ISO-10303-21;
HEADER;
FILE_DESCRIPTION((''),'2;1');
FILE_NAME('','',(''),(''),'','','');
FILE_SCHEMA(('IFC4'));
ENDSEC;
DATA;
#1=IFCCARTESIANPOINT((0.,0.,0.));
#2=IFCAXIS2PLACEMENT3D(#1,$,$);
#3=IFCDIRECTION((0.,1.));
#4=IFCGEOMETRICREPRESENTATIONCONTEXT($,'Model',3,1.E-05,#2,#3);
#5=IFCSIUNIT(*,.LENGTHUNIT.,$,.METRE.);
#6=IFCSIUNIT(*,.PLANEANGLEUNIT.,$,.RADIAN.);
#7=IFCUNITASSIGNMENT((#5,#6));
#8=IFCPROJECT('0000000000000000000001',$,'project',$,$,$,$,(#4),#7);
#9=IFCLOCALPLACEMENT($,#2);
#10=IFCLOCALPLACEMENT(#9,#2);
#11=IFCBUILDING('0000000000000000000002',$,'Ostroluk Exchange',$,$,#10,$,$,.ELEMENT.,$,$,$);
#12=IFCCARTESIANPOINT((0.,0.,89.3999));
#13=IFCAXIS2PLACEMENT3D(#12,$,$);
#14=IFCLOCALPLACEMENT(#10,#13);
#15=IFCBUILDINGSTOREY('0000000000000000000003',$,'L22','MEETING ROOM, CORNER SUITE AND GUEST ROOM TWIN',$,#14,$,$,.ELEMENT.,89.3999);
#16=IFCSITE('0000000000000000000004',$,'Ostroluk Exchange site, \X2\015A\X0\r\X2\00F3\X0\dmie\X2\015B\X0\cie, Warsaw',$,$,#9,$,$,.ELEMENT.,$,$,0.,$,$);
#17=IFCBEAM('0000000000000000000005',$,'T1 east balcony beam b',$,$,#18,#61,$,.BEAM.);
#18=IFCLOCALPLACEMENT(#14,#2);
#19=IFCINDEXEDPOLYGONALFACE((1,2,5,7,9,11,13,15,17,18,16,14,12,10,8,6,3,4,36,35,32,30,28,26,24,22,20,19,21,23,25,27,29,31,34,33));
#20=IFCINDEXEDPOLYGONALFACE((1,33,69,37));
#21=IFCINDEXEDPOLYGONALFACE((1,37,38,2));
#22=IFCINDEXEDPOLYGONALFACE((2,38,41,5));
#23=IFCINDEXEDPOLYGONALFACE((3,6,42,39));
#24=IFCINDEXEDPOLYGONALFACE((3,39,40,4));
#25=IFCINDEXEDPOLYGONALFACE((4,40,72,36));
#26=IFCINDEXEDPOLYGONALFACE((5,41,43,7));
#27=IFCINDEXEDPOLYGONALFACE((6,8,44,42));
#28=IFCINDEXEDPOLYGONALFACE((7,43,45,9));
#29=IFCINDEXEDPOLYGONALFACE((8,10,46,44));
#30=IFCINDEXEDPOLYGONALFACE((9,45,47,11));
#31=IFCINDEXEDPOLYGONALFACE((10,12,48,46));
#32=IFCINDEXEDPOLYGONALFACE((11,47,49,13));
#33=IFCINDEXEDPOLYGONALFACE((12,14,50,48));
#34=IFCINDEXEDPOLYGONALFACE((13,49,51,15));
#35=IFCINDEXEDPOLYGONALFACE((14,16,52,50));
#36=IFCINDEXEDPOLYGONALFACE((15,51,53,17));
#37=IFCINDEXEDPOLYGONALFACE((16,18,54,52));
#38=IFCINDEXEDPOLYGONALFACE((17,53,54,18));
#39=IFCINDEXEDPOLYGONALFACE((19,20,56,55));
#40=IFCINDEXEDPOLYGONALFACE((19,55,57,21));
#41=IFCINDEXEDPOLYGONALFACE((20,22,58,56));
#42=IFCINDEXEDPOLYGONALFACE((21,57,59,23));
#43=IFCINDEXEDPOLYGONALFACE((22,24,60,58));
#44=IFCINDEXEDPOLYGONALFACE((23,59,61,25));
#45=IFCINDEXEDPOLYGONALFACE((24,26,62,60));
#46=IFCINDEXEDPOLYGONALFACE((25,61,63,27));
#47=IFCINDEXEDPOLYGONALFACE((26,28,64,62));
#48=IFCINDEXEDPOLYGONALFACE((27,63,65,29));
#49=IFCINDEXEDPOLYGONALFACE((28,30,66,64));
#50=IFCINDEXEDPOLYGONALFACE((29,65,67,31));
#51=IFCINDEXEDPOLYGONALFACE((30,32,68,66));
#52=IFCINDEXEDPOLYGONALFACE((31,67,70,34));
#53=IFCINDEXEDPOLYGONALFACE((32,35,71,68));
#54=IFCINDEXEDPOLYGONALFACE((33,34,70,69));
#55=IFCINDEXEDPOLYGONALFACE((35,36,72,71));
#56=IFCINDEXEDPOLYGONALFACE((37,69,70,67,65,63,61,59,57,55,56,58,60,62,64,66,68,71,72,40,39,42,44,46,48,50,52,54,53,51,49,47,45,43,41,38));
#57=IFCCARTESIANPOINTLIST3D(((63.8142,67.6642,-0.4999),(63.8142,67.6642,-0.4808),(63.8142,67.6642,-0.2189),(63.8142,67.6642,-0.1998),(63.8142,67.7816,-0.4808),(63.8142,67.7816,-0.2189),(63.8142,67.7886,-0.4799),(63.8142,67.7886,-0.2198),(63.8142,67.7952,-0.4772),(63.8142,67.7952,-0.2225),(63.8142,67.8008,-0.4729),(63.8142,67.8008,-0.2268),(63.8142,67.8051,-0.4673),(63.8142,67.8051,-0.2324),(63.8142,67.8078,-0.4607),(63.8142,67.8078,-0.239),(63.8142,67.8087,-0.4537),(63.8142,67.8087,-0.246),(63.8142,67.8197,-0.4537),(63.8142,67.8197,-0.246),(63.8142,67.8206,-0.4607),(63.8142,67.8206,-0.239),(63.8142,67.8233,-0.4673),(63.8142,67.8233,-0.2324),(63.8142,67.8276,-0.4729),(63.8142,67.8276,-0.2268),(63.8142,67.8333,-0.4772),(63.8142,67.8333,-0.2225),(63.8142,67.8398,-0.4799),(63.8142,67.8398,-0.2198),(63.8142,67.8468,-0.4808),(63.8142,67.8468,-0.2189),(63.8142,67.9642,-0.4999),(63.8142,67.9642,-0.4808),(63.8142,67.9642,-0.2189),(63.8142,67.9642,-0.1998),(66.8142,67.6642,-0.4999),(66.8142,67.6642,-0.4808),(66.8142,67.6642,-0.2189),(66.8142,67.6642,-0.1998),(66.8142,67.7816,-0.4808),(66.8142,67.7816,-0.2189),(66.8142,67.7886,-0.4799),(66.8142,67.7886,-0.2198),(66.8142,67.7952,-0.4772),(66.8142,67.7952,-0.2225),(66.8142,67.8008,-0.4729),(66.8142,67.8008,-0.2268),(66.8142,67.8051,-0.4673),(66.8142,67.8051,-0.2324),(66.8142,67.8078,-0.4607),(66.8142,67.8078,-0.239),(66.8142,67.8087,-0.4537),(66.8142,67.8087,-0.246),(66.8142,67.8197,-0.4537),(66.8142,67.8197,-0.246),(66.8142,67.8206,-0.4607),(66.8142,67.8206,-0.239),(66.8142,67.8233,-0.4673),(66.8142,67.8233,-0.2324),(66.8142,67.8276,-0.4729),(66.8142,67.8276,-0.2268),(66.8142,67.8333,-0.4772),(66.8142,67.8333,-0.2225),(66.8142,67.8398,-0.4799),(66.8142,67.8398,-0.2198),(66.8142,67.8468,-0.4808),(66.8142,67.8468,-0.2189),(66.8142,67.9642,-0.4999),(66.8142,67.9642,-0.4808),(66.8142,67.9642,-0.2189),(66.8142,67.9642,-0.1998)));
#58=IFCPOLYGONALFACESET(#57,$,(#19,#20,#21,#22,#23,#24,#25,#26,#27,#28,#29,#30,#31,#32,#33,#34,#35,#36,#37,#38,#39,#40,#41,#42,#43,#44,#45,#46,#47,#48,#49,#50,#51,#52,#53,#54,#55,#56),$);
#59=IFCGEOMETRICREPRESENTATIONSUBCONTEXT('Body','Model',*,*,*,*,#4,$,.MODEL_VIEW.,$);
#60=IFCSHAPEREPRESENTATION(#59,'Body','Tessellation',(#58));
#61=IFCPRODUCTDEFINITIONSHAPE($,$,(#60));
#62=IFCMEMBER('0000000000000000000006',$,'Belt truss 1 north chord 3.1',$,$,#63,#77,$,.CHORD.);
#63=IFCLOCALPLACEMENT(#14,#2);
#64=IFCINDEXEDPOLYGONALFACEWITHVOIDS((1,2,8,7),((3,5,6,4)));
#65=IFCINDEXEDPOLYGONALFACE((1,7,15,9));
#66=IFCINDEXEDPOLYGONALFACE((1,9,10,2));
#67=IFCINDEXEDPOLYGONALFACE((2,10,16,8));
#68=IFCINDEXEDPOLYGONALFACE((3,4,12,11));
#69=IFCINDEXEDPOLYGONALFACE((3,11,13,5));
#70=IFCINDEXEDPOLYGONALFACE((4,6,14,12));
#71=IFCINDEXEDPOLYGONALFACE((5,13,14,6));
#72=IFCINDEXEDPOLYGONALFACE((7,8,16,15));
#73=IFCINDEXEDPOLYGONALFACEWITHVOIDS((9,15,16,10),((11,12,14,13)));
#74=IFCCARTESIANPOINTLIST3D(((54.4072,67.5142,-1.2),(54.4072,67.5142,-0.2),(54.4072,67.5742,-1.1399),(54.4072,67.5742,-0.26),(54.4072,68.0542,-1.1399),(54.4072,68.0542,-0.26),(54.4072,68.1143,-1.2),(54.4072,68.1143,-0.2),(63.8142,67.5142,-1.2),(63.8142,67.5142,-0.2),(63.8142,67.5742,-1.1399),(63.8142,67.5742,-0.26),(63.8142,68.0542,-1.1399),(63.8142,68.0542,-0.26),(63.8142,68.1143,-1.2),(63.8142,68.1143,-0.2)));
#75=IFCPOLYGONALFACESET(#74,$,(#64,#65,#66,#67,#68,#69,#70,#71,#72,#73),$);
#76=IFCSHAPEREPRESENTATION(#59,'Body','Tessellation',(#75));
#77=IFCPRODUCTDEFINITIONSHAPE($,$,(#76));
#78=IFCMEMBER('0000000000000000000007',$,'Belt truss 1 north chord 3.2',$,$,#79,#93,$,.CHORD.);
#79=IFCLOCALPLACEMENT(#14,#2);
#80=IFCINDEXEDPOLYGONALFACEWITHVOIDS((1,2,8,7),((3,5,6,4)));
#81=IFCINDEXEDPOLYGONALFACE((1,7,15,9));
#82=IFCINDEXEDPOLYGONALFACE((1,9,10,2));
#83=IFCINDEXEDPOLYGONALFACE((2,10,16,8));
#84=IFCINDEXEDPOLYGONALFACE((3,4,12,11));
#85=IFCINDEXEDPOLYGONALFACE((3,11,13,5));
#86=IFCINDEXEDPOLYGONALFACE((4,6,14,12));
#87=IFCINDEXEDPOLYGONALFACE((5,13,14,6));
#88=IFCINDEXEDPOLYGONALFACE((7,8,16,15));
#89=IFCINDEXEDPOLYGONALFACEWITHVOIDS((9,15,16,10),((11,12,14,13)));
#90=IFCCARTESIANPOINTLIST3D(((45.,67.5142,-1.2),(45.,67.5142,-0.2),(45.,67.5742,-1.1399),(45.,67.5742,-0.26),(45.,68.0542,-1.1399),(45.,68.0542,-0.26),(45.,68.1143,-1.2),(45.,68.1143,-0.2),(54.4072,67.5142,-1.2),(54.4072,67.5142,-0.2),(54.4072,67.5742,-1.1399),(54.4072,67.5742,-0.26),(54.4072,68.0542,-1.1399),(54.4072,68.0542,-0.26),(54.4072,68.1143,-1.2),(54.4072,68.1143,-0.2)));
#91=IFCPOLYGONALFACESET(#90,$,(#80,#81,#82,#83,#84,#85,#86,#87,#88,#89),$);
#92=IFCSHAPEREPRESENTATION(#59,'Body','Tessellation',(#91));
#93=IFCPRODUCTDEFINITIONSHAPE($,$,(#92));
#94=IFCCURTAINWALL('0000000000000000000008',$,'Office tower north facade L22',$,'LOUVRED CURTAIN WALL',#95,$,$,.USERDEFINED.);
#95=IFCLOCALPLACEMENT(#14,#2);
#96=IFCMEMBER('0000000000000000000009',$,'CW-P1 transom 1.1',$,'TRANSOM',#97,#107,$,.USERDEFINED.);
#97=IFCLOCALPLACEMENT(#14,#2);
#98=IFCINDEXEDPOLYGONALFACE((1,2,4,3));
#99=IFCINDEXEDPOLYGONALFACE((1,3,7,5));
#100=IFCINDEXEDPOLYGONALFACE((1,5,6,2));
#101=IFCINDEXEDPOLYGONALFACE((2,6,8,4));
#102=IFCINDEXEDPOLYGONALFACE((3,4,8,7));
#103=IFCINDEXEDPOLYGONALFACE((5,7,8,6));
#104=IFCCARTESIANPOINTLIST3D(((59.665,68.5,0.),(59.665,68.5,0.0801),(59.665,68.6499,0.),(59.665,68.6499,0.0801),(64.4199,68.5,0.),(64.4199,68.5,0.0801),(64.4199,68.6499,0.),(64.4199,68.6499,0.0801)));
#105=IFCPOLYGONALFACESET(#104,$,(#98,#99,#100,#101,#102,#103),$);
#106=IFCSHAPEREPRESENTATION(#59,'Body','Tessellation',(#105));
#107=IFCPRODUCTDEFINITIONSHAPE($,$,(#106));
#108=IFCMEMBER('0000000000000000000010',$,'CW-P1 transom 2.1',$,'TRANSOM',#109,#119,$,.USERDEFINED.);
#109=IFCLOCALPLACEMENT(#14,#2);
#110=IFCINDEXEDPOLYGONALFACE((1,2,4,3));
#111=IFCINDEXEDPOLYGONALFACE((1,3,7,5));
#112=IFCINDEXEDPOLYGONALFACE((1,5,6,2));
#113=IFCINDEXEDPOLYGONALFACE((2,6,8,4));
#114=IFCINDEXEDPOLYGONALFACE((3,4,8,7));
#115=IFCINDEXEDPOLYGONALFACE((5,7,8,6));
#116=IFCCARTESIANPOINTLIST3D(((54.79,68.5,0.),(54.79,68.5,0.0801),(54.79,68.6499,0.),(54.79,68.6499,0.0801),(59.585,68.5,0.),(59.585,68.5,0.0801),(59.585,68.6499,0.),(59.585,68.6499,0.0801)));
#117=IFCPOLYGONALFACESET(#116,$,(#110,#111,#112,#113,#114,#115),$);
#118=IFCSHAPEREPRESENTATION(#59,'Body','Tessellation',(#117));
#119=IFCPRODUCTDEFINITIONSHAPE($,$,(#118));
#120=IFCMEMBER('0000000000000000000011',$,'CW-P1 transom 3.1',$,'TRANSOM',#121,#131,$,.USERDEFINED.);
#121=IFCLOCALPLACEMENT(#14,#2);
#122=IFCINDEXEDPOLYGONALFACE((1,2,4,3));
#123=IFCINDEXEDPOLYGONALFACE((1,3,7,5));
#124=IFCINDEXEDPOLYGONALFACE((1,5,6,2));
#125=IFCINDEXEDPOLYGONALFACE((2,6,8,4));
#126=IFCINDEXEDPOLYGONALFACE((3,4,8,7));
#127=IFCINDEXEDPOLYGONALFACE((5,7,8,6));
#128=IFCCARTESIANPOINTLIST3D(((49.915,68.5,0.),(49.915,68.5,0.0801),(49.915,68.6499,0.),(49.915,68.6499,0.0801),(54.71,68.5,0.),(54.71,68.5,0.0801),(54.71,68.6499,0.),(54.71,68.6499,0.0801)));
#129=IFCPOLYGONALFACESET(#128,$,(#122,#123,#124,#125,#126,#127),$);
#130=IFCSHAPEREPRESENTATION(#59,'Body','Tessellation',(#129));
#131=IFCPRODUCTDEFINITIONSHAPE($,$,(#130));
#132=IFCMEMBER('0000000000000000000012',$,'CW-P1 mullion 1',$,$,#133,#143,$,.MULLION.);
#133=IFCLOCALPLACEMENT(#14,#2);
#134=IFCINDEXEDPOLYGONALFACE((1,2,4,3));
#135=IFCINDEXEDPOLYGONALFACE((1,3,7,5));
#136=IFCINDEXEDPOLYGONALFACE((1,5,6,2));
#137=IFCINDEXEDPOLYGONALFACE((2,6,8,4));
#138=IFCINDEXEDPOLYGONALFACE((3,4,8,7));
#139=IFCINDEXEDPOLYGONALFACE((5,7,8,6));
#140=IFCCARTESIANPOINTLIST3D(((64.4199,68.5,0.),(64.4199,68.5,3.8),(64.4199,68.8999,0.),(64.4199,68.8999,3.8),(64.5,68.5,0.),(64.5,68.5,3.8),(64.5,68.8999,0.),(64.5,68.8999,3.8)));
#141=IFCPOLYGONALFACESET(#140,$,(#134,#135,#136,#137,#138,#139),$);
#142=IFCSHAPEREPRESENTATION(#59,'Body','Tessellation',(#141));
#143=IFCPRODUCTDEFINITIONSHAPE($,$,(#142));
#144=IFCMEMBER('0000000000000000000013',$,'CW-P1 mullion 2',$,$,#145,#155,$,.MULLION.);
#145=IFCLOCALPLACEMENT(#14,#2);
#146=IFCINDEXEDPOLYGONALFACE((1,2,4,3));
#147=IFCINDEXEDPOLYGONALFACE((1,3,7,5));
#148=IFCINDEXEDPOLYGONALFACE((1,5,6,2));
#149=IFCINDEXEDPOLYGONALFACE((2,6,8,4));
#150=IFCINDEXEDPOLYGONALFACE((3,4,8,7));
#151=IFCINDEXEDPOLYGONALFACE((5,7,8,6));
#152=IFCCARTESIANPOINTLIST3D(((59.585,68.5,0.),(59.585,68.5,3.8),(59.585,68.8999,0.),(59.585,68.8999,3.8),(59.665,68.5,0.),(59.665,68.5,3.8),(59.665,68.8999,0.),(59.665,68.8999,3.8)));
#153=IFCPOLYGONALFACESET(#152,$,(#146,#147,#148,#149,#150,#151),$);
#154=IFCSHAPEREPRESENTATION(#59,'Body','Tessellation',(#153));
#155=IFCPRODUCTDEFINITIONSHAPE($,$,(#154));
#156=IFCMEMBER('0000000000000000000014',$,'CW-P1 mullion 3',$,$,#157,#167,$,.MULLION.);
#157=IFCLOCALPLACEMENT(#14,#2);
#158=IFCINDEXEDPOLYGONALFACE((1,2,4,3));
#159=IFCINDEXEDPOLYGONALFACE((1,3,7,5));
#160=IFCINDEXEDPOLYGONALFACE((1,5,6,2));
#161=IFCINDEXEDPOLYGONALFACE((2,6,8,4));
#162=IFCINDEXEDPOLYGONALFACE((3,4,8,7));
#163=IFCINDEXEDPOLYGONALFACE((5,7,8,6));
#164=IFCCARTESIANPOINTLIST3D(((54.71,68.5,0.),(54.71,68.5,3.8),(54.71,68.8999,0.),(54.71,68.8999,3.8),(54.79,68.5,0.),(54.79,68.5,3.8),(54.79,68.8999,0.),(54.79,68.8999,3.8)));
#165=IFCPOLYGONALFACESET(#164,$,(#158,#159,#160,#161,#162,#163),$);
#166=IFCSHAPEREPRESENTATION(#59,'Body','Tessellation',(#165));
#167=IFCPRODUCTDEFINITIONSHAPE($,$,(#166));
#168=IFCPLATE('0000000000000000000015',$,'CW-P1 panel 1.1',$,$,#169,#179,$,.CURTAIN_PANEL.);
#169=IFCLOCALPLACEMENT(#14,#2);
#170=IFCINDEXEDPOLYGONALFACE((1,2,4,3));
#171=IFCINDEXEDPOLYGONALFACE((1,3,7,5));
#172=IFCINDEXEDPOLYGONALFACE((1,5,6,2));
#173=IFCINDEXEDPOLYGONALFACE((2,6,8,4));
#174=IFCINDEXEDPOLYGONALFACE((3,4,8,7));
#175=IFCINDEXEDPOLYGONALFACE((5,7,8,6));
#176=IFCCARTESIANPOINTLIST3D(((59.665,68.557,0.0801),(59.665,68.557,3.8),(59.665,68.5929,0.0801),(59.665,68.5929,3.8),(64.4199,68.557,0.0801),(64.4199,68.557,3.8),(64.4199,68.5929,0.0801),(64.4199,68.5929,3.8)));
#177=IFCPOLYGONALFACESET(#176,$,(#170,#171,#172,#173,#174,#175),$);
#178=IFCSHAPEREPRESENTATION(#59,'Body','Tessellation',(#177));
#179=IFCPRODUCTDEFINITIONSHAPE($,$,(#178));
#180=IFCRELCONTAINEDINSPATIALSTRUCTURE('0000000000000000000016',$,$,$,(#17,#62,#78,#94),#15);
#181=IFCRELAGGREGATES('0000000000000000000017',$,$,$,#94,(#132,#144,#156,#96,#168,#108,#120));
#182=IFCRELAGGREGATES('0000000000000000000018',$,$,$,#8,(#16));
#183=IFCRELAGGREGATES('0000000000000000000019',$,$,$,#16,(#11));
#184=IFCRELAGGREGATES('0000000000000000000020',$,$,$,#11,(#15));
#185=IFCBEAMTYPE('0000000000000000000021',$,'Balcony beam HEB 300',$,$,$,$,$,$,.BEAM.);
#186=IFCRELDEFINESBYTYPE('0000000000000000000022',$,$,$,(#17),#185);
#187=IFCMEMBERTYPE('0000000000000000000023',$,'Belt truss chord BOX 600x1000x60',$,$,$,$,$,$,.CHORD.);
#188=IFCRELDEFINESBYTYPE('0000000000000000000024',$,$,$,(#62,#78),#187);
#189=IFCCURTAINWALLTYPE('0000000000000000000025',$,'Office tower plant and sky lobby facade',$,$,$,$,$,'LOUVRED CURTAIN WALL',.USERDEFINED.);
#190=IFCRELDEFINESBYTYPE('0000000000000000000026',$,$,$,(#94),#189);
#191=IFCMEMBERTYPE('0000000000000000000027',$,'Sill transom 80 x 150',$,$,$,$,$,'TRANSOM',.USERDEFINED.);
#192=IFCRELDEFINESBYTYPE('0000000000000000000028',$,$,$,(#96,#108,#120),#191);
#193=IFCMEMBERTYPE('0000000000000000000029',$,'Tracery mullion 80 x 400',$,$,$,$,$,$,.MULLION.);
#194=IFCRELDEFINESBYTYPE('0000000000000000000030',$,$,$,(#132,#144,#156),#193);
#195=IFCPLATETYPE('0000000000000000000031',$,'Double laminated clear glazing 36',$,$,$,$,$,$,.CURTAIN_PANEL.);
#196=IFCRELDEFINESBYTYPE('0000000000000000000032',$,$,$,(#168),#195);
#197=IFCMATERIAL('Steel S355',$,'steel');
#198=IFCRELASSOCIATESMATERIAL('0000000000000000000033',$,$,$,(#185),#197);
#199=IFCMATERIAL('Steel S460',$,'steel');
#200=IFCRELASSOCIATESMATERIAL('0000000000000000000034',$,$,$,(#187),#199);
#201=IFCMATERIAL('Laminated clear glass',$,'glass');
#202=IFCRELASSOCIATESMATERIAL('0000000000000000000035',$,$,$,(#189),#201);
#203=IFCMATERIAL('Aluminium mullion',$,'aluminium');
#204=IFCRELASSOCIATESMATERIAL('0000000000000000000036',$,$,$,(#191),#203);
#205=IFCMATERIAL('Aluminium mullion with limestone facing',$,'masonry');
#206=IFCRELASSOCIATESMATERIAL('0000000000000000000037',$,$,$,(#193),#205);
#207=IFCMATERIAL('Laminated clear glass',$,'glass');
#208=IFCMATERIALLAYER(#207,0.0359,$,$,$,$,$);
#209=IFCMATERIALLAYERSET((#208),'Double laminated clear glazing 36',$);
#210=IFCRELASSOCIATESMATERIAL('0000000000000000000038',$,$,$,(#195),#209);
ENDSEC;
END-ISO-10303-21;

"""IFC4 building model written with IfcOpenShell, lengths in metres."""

from ifc_helpers import new_model, si_unit, direction, frame, origin, origin_2d, place, context, subcontext, project, spatial, rectangle, hollow_rectangle, i_section, extrude, material, layer, layer_set, material_profile, profile_set, type_object, element, aggregate, save


model = new_model("IFC4")

# Units and contexts
model_context = context("Model", 3, precision=1e-05, world=origin(), true_north=direction((0.0, 1.0)))
body_context = subcontext(model_context, "Body", "Model", "MODEL_VIEW")
ifc_project = project(units=[si_unit("LENGTHUNIT", "METRE"), si_unit("PLANEANGLEUNIT", "RADIAN")], contexts=[model_context])

# Site, building, storey
site_placement = place(None, origin())
site = spatial("IfcSite", under=ifc_project, at=site_placement, Name="Ostroluk Exchange site, Śródmieście, Warsaw", CompositionType="ELEMENT", RefElevation=0.0)
building_placement = place(site_placement, origin())
building = spatial("IfcBuilding", under=site, at=building_placement, Name="Ostroluk Exchange", CompositionType="ELEMENT")
storey_placement = place(building_placement, frame((0.0, 0.0, 89.3999)))
storey = spatial("IfcBuildingStorey", under=building, at=storey_placement, Name="L22", Description="MEETING ROOM, CORNER SUITE AND GUEST ROOM TWIN", CompositionType="ELEMENT", Elevation=89.3999)

# Beam
ifc_material_1 = material(Name="Steel S355", Category="steel")
ifc_material_profile_1 = material_profile(ifc_material_1, i_section(OverallWidth=0.3, OverallDepth=0.3, WebThickness=0.011, FlangeThickness=0.019, FilletRadius=0.0271, at=origin_2d()), Name="HEB 300")
ifc_profile_set_1 = profile_set([ifc_material_profile_1], Name="Steel S355")
beam_type = type_object("IfcBeamType", Name="Balcony beam HEB 300", PredefinedType="BEAM", material=ifc_profile_set_1)
beam_placement = place(storey_placement, frame((63.8142, 67.8142, -0.3499), z_axis=(1.0, 0.0, 0.0), x_axis=(0.0, 1.0, 0.0)))
element("IfcBeam", 1, at=beam_placement, inside=storey, type_object=beam_type, Name="T1 east balcony beam b", PredefinedType="BEAM", context=body_context, shape_type="SweptSolid", body=[
    extrude(i_section(OverallWidth=0.3, OverallDepth=0.3, WebThickness=0.011, FlangeThickness=0.019, FilletRadius=0.0271, at=origin_2d()), origin(), (0.0, 0.0, 1.0), 3.0),
])

# Members
ifc_material_2 = material(Name="Steel S460", Category="steel")
ifc_material_profile_2 = material_profile(ifc_material_2, hollow_rectangle(XDim=0.6001, YDim=1.0, WallThickness=0.0601, at=origin_2d()), Name="BOX 600x1000x60")
ifc_profile_set_2 = profile_set([ifc_material_profile_2], Name="Steel S460")
member_type_1 = type_object("IfcMemberType", Name="Belt truss chord BOX 600x1000x60", PredefinedType="CHORD", material=ifc_profile_set_2)
member_1_placement = place(storey_placement, frame((63.8142, 67.8142, -0.7), z_axis=(-1.0, 0.0, 0.0), x_axis=(0.0, -1.0, 0.0)))
element("IfcMember", 2, at=member_1_placement, inside=storey, type_object=member_type_1, Name="Belt truss 1 north chord 3.1", PredefinedType="CHORD", context=body_context, shape_type="SweptSolid", body=[
    extrude(hollow_rectangle(XDim=0.6001, YDim=1.0, WallThickness=0.0601, at=origin_2d()), origin(), (0.0, 0.0, 1.0), 9.407),
])
member_2_placement = place(storey_placement, frame((54.4072, 67.8142, -0.7), z_axis=(-1.0, 0.0, 0.0), x_axis=(0.0, -1.0, 0.0)))
element("IfcMember", 3, at=member_2_placement, inside=storey, type_object=member_type_1, Name="Belt truss 1 north chord 3.2", PredefinedType="CHORD", context=body_context, shape_type="SweptSolid", body=[
    extrude(hollow_rectangle(XDim=0.6001, YDim=1.0, WallThickness=0.0601, at=origin_2d()), origin(), (0.0, 0.0, 1.0), 9.4072),
])

# Curtain wall, members, plate
ifc_material_3 = material(Name="Laminated clear glass", Category="glass")
curtain_wall_type = type_object("IfcCurtainWallType", Name="Office tower plant and sky lobby facade", ElementType="LOUVRED CURTAIN WALL", PredefinedType="USERDEFINED", material=ifc_material_3)
curtain_wall_placement = place(storey_placement, origin())
curtain_wall = element("IfcCurtainWall", 4, at=curtain_wall_placement, inside=storey, type_object=curtain_wall_type, Name="Office tower north facade L22", ObjectType="LOUVRED CURTAIN WALL", PredefinedType="USERDEFINED")
ifc_material_4 = material(Name="Aluminium mullion", Category="aluminium")
ifc_material_profile_3 = material_profile(ifc_material_4, rectangle(XDim=0.1499, YDim=0.0801, at=origin_2d()), Name="Sill transom 80 x 150")
ifc_profile_set_3 = profile_set([ifc_material_profile_3], Name="Aluminium mullion")
member_type_2 = type_object("IfcMemberType", Name="Sill transom 80 x 150", ElementType="TRANSOM", PredefinedType="USERDEFINED", material=ifc_profile_set_3)
member_3_placement = place(storey_placement, frame((64.4199, 68.575, 0.04), z_axis=(-1.0, 0.0, 0.0), x_axis=(0.0, -1.0, 0.0)))
member_3 = element("IfcMember", 5, at=member_3_placement, type_object=member_type_2, Name="CW-P1 transom 1.1", ObjectType="TRANSOM", PredefinedType="USERDEFINED", context=body_context, shape_type="SweptSolid", body=[
    extrude(rectangle(XDim=0.1499, YDim=0.0801, at=origin_2d()), origin(), (0.0, 0.0, 1.0), 4.7549),
])
member_4_placement = place(storey_placement, frame((59.585, 68.575, 0.04), z_axis=(-1.0, 0.0, 0.0), x_axis=(0.0, -1.0, 0.0)))
member_4 = element("IfcMember", 6, at=member_4_placement, type_object=member_type_2, Name="CW-P1 transom 2.1", ObjectType="TRANSOM", PredefinedType="USERDEFINED", context=body_context, shape_type="SweptSolid", body=[
    extrude(rectangle(XDim=0.1499, YDim=0.0801, at=origin_2d()), origin(), (0.0, 0.0, 1.0), 4.7949),
])
member_5_placement = place(storey_placement, frame((54.71, 68.575, 0.04), z_axis=(-1.0, 0.0, 0.0), x_axis=(0.0, -1.0, 0.0)))
member_5 = element("IfcMember", 7, at=member_5_placement, type_object=member_type_2, Name="CW-P1 transom 3.1", ObjectType="TRANSOM", PredefinedType="USERDEFINED", context=body_context, shape_type="SweptSolid", body=[
    extrude(rectangle(XDim=0.1499, YDim=0.0801, at=origin_2d()), origin(), (0.0, 0.0, 1.0), 4.7949),
])
ifc_material_5 = material(Name="Aluminium mullion with limestone facing", Category="masonry")
ifc_material_profile_4 = material_profile(ifc_material_5, rectangle(XDim=0.3999, YDim=0.0801, at=origin_2d()), Name="Tracery mullion 80 x 400")
ifc_profile_set_4 = profile_set([ifc_material_profile_4], Name="Aluminium mullion with limestone facing")
member_type_3 = type_object("IfcMemberType", Name="Tracery mullion 80 x 400", PredefinedType="MULLION", material=ifc_profile_set_4)
member_6_placement = place(storey_placement, frame((64.46, 68.7, 0.0), z_axis=(0.0, 0.0, 1.0), x_axis=(0.0, -1.0, 0.0)))
member_6 = element("IfcMember", 8, at=member_6_placement, type_object=member_type_3, Name="CW-P1 mullion 1", PredefinedType="MULLION", context=body_context, shape_type="SweptSolid", body=[
    extrude(rectangle(XDim=0.3999, YDim=0.0801, at=origin_2d()), origin(), (0.0, 0.0, 1.0), 3.8),
])
member_7_placement = place(storey_placement, frame((59.625, 68.7, 0.0), z_axis=(0.0, 0.0, 1.0), x_axis=(0.0, -1.0, 0.0)))
member_7 = element("IfcMember", 9, at=member_7_placement, type_object=member_type_3, Name="CW-P1 mullion 2", PredefinedType="MULLION", context=body_context, shape_type="SweptSolid", body=[
    extrude(rectangle(XDim=0.3999, YDim=0.0801, at=origin_2d()), origin(), (0.0, 0.0, 1.0), 3.8),
])
member_8_placement = place(storey_placement, frame((54.75, 68.7, 0.0), z_axis=(0.0, 0.0, 1.0), x_axis=(0.0, -1.0, 0.0)))
member_8 = element("IfcMember", 10, at=member_8_placement, type_object=member_type_3, Name="CW-P1 mullion 3", PredefinedType="MULLION", context=body_context, shape_type="SweptSolid", body=[
    extrude(rectangle(XDim=0.3999, YDim=0.0801, at=origin_2d()), origin(), (0.0, 0.0, 1.0), 3.8),
])
ifc_material_6 = material(Name="Laminated clear glass", Category="glass")
ifc_layer_1 = layer(ifc_material_6, 0.0359)
ifc_layer_set_1 = layer_set([ifc_layer_1], Name="Double laminated clear glazing 36")
plate_type = type_object("IfcPlateType", Name="Double laminated clear glazing 36", PredefinedType="CURTAIN_PANEL", material=ifc_layer_set_1)
plate_1_placement = place(storey_placement, frame((62.0425, 68.575, 0.0801), z_axis=(0.0, 0.0, 1.0), x_axis=(-1.0, 0.0, 0.0)))
plate_1 = element("IfcPlate", 11, at=plate_1_placement, type_object=plate_type, Name="CW-P1 panel 1.1", PredefinedType="CURTAIN_PANEL", context=body_context, shape_type="SweptSolid", body=[
    extrude(rectangle(XDim=4.7549, YDim=0.0359, at=origin_2d()), origin(), (0.0, 0.0, 1.0), 3.72),
])
aggregate(curtain_wall, [member_6, member_7, member_8, member_3, plate_1, member_4, member_5])

save(model, "model.ifc")
